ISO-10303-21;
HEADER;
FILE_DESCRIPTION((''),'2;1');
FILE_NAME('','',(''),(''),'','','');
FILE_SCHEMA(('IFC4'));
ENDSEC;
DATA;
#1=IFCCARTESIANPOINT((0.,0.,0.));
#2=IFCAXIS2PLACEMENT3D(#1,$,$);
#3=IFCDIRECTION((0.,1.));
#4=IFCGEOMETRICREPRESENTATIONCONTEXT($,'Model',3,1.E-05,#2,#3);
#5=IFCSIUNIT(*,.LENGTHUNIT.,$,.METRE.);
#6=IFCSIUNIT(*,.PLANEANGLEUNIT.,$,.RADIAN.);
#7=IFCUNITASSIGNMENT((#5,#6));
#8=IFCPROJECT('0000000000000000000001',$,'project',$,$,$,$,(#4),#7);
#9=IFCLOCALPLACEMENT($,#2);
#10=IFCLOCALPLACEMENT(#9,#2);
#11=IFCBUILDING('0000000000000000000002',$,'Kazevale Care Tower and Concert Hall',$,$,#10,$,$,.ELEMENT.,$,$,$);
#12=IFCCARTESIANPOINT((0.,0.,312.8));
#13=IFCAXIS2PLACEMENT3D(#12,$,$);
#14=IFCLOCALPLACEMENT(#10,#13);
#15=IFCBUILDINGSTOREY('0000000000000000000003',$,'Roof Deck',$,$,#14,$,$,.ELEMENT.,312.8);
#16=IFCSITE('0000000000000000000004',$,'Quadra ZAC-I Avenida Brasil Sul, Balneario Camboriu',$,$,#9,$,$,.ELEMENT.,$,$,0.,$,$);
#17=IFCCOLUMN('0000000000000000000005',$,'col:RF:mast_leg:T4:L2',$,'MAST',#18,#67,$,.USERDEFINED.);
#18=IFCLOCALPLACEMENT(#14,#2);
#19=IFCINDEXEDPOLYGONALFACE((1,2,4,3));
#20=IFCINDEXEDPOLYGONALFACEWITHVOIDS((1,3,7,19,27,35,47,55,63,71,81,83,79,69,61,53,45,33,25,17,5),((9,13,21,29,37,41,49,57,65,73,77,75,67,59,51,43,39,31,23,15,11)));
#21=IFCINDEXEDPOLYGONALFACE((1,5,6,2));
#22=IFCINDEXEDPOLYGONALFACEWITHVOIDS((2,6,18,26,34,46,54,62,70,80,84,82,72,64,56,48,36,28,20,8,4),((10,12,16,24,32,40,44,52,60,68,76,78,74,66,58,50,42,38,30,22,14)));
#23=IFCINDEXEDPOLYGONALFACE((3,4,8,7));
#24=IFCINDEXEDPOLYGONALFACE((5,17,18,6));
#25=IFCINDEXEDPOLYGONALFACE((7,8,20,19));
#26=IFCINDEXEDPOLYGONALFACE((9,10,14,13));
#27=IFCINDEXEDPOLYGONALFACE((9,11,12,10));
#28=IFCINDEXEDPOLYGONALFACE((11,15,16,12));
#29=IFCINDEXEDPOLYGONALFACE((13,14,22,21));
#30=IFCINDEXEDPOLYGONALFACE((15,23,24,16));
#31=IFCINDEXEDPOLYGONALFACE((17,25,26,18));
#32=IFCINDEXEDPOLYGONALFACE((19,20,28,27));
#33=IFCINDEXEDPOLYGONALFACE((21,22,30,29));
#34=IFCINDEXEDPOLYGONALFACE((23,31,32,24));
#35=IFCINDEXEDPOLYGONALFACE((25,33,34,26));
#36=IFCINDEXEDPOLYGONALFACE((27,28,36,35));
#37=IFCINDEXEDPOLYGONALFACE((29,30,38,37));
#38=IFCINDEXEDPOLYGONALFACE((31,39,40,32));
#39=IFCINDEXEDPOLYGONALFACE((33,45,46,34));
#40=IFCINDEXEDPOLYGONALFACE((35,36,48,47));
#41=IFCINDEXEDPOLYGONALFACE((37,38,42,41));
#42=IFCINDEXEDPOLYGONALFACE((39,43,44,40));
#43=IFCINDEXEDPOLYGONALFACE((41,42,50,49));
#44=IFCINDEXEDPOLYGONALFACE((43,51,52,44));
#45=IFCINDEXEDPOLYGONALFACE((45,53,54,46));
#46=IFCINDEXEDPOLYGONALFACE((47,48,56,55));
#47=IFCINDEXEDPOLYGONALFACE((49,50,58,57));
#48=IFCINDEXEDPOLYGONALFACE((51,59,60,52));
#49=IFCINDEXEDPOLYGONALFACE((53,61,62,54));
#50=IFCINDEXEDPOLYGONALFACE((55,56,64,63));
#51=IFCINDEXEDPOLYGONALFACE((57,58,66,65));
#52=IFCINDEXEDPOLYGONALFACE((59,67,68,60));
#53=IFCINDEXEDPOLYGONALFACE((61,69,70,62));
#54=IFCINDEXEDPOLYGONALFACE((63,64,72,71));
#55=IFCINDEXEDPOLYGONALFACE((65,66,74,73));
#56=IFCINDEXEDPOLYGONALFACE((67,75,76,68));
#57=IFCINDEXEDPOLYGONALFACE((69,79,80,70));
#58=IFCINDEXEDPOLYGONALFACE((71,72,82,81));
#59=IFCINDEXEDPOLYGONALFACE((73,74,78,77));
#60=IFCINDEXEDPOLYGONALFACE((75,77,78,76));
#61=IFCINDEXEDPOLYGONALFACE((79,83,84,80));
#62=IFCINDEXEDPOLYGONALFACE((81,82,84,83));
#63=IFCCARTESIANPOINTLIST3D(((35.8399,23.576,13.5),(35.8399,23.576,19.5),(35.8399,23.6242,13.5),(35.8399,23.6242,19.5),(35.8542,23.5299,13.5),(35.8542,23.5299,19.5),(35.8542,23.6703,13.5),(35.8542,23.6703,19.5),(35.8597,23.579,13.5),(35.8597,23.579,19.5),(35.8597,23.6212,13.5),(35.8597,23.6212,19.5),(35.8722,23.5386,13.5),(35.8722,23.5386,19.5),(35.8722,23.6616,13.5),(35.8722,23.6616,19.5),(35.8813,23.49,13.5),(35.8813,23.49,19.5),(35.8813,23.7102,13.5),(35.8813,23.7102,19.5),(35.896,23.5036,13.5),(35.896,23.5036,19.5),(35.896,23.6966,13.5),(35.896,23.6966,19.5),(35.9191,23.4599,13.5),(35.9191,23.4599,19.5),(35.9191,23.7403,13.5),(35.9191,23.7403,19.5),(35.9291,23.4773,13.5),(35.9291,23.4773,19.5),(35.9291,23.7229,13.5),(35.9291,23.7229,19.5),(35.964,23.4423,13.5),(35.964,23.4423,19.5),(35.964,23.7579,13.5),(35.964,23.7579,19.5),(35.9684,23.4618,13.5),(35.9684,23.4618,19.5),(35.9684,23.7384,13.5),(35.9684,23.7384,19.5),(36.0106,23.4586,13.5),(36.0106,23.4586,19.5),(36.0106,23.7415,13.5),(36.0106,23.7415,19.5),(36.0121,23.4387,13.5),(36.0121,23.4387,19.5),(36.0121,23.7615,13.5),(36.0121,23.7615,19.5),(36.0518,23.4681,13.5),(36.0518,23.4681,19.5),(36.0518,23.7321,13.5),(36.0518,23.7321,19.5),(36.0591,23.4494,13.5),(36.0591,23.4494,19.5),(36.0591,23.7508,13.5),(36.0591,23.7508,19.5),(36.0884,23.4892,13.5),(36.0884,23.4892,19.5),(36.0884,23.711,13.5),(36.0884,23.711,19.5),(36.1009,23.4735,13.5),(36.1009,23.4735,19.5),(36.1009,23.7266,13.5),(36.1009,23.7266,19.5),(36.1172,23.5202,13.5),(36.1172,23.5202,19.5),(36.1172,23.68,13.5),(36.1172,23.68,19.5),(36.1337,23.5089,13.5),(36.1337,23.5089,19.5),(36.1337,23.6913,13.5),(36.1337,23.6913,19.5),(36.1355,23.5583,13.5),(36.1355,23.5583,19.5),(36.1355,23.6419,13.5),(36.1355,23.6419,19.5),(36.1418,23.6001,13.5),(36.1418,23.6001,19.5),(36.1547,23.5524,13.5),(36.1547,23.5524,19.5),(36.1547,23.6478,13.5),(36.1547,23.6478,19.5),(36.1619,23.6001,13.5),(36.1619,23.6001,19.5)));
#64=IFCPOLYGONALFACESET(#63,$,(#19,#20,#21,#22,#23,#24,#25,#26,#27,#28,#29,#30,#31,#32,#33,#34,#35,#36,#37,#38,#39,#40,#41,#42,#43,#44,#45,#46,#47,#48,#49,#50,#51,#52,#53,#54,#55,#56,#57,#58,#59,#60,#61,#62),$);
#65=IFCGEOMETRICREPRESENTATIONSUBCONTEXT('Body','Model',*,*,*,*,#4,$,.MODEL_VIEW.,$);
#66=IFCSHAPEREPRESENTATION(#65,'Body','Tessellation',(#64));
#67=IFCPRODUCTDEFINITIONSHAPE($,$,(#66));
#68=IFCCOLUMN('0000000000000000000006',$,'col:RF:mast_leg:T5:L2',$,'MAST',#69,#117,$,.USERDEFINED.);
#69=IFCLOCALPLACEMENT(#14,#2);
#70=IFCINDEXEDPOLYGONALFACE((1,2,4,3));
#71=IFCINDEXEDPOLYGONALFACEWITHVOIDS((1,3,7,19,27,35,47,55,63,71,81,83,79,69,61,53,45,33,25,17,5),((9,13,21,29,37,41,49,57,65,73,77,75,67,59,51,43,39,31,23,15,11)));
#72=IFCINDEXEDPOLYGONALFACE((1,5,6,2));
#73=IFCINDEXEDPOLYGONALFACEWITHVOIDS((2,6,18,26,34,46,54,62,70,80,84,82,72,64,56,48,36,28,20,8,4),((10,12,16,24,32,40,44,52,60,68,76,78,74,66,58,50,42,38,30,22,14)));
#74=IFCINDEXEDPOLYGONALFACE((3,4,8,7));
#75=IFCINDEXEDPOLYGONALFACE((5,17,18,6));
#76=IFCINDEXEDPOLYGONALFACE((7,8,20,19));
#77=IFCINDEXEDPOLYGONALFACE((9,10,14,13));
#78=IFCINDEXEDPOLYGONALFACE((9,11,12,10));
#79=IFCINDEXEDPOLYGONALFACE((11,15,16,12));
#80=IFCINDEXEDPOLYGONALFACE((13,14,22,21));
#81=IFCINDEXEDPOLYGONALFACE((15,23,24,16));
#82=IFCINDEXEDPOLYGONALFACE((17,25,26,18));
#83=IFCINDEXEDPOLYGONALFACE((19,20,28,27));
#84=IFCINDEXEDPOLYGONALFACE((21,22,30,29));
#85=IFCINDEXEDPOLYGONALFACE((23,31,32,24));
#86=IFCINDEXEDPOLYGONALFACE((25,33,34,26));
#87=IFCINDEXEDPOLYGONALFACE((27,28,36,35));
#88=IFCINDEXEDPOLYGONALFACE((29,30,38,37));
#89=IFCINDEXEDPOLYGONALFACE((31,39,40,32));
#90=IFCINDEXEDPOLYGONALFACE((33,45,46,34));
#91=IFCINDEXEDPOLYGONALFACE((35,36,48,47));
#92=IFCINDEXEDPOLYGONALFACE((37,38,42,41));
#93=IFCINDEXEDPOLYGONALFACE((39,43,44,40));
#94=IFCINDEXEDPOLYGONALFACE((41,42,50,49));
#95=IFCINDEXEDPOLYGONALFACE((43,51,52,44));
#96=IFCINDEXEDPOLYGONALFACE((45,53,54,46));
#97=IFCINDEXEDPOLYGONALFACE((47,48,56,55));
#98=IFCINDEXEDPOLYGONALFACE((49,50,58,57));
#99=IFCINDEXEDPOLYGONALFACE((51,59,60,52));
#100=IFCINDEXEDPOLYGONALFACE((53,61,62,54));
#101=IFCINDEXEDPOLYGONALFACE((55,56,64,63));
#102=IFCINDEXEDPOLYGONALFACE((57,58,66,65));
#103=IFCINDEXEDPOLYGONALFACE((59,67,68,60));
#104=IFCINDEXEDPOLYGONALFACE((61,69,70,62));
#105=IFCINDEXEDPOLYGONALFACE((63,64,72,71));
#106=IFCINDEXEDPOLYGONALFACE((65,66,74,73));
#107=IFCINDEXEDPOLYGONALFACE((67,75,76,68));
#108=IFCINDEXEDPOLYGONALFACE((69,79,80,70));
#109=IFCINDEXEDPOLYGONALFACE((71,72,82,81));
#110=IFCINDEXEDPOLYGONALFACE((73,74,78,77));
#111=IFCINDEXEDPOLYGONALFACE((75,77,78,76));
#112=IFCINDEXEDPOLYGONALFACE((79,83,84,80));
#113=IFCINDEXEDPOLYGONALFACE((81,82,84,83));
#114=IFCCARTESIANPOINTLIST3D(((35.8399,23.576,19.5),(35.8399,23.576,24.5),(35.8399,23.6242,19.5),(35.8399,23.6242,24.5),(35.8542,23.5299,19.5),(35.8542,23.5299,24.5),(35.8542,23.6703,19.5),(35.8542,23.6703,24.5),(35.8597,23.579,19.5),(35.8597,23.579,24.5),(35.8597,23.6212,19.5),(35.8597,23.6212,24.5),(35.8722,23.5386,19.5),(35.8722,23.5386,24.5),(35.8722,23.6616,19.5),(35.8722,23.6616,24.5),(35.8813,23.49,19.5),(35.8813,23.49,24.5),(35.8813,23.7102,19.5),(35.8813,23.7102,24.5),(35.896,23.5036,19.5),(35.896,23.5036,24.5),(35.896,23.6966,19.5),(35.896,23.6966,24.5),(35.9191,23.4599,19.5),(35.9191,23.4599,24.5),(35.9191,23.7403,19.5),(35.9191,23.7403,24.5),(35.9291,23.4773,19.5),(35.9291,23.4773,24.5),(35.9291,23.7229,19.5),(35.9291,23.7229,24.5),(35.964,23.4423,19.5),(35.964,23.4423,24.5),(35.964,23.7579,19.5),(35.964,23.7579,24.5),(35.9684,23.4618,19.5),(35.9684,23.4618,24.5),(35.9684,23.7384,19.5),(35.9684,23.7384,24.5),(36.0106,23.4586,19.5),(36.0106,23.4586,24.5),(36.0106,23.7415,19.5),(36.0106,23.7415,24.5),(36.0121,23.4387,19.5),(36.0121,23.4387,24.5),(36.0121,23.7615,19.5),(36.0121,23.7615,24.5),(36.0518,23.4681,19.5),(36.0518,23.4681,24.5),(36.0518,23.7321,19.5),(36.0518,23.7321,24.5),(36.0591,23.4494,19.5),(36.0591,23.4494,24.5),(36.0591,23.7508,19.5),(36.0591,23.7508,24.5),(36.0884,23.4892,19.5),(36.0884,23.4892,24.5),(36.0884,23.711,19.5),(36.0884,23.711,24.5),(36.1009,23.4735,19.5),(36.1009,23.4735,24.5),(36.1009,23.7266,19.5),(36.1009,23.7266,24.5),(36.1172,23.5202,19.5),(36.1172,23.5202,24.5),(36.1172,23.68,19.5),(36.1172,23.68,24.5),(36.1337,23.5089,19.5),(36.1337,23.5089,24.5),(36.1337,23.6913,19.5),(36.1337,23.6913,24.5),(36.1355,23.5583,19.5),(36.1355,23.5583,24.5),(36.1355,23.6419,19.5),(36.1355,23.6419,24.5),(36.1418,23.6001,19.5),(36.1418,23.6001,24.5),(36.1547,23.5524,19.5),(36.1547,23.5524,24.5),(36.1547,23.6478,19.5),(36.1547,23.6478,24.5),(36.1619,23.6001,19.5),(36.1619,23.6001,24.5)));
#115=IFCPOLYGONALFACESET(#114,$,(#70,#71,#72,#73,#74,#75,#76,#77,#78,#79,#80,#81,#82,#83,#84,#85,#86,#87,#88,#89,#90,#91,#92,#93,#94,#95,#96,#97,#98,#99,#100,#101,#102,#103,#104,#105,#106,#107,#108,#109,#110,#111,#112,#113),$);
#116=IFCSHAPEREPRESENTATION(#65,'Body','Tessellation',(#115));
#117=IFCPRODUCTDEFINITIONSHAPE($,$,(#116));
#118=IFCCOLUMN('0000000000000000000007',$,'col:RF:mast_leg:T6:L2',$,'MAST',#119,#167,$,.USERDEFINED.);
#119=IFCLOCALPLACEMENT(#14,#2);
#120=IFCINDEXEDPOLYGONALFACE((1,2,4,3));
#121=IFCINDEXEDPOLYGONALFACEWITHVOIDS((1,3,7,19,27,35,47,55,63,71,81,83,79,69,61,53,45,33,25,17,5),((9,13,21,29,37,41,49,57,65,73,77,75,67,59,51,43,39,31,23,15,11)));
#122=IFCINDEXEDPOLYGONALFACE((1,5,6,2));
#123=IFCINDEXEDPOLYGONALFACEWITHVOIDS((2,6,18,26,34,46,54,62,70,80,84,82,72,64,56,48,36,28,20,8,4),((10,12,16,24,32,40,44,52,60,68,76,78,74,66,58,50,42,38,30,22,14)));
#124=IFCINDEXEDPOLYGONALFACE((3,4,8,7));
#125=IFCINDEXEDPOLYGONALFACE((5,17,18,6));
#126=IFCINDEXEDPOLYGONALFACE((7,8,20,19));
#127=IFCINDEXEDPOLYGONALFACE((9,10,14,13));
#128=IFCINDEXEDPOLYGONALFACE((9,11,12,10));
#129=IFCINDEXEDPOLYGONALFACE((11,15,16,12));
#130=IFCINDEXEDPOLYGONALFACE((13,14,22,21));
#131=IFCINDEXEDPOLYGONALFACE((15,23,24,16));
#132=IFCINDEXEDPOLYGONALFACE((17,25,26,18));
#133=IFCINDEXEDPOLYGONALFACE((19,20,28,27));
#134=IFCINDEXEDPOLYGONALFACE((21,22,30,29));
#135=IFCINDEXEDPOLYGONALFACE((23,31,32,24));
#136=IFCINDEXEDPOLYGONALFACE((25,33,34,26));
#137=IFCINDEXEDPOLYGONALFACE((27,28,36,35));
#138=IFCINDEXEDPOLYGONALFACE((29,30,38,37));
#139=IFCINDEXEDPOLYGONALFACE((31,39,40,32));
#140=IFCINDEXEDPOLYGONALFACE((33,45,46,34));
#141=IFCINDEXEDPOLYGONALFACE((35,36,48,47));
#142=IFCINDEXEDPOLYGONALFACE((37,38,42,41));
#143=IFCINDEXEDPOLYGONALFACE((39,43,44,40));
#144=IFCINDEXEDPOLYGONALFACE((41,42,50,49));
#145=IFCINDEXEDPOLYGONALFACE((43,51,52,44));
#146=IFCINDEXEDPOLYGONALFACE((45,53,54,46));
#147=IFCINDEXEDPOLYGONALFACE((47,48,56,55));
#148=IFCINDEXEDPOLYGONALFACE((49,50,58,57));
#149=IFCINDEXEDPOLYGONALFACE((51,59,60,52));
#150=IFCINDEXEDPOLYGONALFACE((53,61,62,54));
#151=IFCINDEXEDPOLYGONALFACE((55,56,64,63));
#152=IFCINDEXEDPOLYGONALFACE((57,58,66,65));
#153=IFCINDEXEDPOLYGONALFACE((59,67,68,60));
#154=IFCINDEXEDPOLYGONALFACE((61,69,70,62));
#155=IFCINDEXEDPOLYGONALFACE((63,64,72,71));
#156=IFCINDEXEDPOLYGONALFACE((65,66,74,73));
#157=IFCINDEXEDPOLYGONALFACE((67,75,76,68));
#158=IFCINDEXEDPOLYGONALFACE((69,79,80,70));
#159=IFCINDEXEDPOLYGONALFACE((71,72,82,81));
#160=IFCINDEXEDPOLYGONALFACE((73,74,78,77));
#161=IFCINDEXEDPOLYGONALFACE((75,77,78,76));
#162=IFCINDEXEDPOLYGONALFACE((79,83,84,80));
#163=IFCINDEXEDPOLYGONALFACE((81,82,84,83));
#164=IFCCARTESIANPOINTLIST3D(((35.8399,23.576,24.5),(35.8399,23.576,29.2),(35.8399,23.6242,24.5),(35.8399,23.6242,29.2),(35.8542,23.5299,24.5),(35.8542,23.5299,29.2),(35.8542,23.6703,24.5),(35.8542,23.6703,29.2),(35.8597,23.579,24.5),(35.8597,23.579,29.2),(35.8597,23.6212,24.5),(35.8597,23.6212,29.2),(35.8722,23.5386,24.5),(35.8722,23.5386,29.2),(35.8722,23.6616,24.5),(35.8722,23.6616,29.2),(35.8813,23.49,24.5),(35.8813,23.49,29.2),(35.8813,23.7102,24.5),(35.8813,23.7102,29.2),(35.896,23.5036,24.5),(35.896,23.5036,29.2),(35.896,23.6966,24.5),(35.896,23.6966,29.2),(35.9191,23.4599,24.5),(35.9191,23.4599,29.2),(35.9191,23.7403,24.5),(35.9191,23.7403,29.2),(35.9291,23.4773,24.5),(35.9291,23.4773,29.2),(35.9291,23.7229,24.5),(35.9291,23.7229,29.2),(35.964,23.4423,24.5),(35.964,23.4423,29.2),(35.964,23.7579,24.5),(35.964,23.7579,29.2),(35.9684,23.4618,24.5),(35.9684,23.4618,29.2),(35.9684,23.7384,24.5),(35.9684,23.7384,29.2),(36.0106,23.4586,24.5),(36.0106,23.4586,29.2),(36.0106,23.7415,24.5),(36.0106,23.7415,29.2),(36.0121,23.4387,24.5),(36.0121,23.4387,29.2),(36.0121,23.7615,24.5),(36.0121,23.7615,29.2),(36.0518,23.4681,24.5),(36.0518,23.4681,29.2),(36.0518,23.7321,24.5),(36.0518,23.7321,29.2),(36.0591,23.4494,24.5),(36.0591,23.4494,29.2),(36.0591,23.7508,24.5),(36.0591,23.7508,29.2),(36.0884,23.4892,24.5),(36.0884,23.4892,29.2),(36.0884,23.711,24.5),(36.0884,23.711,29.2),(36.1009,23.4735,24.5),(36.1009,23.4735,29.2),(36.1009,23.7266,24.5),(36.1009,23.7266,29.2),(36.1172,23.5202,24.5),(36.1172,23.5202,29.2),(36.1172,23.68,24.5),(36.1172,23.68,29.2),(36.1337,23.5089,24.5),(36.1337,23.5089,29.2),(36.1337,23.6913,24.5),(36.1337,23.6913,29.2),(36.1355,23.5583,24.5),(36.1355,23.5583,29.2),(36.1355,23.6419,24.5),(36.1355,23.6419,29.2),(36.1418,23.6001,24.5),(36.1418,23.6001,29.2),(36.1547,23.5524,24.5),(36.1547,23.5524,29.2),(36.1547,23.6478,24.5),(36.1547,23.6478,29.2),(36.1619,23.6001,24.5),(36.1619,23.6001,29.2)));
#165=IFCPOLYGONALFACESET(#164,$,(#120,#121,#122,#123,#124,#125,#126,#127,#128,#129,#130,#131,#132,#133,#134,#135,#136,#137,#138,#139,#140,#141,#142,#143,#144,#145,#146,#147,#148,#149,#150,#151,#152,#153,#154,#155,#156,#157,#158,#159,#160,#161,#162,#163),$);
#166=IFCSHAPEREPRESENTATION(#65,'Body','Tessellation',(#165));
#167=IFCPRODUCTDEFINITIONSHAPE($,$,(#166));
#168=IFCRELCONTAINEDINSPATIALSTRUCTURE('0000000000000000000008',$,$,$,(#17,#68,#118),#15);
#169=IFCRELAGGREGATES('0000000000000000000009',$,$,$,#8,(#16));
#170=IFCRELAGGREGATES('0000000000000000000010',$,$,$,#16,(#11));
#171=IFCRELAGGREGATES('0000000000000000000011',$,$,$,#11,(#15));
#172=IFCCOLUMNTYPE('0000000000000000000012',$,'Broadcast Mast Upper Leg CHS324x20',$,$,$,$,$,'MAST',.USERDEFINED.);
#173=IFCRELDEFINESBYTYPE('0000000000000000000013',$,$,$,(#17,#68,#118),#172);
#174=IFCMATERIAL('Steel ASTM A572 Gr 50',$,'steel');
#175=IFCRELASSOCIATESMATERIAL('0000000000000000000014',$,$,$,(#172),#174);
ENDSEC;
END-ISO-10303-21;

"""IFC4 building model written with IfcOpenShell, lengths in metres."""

from ifc_helpers import new_model, si_unit, direction, frame, origin, origin_2d, place, context, subcontext, project, spatial, hollow_circle, extrude, material, material_profile, profile_set, type_object, element, save


model = new_model("IFC4")

# Units and contexts
model_context = context("Model", 3, precision=1e-05, world=origin(), true_north=direction((0.0, 1.0)))
body_context = subcontext(model_context, "Body", "Model", "MODEL_VIEW")
ifc_project = project(units=[si_unit("LENGTHUNIT", "METRE"), si_unit("PLANEANGLEUNIT", "RADIAN")], contexts=[model_context])

# Site, building, storey
site_placement = place(None, origin())
site = spatial("IfcSite", under=ifc_project, at=site_placement, Name="Quadra ZAC-I Avenida Brasil Sul, Balneario Camboriu", CompositionType="ELEMENT", RefElevation=0.0)
building_placement = place(site_placement, origin())
building = spatial("IfcBuilding", under=site, at=building_placement, Name="Kazevale Care Tower and Concert Hall", CompositionType="ELEMENT")
storey_placement = place(building_placement, frame((0.0, 0.0, 312.8)))
storey = spatial("IfcBuildingStorey", under=building, at=storey_placement, Name="Roof Deck", CompositionType="ELEMENT", Elevation=312.8)

# Columns
ifc_material_1 = material(Name="Steel ASTM A572 Gr 50", Category="steel")
ifc_material_profile_1 = material_profile(ifc_material_1, hollow_circle(Radius=0.1619, WallThickness=0.02, at=origin_2d()), Name="CHS324x20")
ifc_profile_set_1 = profile_set([ifc_material_profile_1], Name="Steel ASTM A572 Gr 50")
column_type_1 = type_object("IfcColumnType", Name="Broadcast Mast Upper Leg CHS324x20", ElementType="MAST", PredefinedType="USERDEFINED", material=ifc_profile_set_1)
column_1_placement = place(storey_placement, frame((36.0, 23.6001, 13.5), z_axis=(0.0, 0.0, 1.0), x_axis=(1.0, 0.0, 0.0)))
element("IfcColumn", 1, at=column_1_placement, inside=storey, type_object=column_type_1, Name="col:RF:mast_leg:T4:L2", ObjectType="MAST", PredefinedType="USERDEFINED", context=body_context, shape_type="SweptSolid", body=[
    extrude(hollow_circle(Radius=0.1619, WallThickness=0.02, at=origin_2d()), origin(), (0.0, 0.0, 1.0), 6.0),
])
column_2_placement = place(storey_placement, frame((36.0, 23.6001, 19.5), z_axis=(0.0, 0.0, 1.0), x_axis=(1.0, 0.0, 0.0)))
element("IfcColumn", 2, at=column_2_placement, inside=storey, type_object=column_type_1, Name="col:RF:mast_leg:T5:L2", ObjectType="MAST", PredefinedType="USERDEFINED", context=body_context, shape_type="SweptSolid", body=[
    extrude(hollow_circle(Radius=0.1619, WallThickness=0.02, at=origin_2d()), origin(), (0.0, 0.0, 1.0), 5.0),
])
column_3_placement = place(storey_placement, frame((36.0, 23.6001, 24.5), z_axis=(0.0, 0.0, 1.0), x_axis=(1.0, 0.0, 0.0)))
element("IfcColumn", 3, at=column_3_placement, inside=storey, type_object=column_type_1, Name="col:RF:mast_leg:T6:L2", ObjectType="MAST", PredefinedType="USERDEFINED", context=body_context, shape_type="SweptSolid", body=[
    extrude(hollow_circle(Radius=0.1619, WallThickness=0.02, at=origin_2d()), origin(), (0.0, 0.0, 1.0), 4.7),
])

save(model, "model.ifc")
